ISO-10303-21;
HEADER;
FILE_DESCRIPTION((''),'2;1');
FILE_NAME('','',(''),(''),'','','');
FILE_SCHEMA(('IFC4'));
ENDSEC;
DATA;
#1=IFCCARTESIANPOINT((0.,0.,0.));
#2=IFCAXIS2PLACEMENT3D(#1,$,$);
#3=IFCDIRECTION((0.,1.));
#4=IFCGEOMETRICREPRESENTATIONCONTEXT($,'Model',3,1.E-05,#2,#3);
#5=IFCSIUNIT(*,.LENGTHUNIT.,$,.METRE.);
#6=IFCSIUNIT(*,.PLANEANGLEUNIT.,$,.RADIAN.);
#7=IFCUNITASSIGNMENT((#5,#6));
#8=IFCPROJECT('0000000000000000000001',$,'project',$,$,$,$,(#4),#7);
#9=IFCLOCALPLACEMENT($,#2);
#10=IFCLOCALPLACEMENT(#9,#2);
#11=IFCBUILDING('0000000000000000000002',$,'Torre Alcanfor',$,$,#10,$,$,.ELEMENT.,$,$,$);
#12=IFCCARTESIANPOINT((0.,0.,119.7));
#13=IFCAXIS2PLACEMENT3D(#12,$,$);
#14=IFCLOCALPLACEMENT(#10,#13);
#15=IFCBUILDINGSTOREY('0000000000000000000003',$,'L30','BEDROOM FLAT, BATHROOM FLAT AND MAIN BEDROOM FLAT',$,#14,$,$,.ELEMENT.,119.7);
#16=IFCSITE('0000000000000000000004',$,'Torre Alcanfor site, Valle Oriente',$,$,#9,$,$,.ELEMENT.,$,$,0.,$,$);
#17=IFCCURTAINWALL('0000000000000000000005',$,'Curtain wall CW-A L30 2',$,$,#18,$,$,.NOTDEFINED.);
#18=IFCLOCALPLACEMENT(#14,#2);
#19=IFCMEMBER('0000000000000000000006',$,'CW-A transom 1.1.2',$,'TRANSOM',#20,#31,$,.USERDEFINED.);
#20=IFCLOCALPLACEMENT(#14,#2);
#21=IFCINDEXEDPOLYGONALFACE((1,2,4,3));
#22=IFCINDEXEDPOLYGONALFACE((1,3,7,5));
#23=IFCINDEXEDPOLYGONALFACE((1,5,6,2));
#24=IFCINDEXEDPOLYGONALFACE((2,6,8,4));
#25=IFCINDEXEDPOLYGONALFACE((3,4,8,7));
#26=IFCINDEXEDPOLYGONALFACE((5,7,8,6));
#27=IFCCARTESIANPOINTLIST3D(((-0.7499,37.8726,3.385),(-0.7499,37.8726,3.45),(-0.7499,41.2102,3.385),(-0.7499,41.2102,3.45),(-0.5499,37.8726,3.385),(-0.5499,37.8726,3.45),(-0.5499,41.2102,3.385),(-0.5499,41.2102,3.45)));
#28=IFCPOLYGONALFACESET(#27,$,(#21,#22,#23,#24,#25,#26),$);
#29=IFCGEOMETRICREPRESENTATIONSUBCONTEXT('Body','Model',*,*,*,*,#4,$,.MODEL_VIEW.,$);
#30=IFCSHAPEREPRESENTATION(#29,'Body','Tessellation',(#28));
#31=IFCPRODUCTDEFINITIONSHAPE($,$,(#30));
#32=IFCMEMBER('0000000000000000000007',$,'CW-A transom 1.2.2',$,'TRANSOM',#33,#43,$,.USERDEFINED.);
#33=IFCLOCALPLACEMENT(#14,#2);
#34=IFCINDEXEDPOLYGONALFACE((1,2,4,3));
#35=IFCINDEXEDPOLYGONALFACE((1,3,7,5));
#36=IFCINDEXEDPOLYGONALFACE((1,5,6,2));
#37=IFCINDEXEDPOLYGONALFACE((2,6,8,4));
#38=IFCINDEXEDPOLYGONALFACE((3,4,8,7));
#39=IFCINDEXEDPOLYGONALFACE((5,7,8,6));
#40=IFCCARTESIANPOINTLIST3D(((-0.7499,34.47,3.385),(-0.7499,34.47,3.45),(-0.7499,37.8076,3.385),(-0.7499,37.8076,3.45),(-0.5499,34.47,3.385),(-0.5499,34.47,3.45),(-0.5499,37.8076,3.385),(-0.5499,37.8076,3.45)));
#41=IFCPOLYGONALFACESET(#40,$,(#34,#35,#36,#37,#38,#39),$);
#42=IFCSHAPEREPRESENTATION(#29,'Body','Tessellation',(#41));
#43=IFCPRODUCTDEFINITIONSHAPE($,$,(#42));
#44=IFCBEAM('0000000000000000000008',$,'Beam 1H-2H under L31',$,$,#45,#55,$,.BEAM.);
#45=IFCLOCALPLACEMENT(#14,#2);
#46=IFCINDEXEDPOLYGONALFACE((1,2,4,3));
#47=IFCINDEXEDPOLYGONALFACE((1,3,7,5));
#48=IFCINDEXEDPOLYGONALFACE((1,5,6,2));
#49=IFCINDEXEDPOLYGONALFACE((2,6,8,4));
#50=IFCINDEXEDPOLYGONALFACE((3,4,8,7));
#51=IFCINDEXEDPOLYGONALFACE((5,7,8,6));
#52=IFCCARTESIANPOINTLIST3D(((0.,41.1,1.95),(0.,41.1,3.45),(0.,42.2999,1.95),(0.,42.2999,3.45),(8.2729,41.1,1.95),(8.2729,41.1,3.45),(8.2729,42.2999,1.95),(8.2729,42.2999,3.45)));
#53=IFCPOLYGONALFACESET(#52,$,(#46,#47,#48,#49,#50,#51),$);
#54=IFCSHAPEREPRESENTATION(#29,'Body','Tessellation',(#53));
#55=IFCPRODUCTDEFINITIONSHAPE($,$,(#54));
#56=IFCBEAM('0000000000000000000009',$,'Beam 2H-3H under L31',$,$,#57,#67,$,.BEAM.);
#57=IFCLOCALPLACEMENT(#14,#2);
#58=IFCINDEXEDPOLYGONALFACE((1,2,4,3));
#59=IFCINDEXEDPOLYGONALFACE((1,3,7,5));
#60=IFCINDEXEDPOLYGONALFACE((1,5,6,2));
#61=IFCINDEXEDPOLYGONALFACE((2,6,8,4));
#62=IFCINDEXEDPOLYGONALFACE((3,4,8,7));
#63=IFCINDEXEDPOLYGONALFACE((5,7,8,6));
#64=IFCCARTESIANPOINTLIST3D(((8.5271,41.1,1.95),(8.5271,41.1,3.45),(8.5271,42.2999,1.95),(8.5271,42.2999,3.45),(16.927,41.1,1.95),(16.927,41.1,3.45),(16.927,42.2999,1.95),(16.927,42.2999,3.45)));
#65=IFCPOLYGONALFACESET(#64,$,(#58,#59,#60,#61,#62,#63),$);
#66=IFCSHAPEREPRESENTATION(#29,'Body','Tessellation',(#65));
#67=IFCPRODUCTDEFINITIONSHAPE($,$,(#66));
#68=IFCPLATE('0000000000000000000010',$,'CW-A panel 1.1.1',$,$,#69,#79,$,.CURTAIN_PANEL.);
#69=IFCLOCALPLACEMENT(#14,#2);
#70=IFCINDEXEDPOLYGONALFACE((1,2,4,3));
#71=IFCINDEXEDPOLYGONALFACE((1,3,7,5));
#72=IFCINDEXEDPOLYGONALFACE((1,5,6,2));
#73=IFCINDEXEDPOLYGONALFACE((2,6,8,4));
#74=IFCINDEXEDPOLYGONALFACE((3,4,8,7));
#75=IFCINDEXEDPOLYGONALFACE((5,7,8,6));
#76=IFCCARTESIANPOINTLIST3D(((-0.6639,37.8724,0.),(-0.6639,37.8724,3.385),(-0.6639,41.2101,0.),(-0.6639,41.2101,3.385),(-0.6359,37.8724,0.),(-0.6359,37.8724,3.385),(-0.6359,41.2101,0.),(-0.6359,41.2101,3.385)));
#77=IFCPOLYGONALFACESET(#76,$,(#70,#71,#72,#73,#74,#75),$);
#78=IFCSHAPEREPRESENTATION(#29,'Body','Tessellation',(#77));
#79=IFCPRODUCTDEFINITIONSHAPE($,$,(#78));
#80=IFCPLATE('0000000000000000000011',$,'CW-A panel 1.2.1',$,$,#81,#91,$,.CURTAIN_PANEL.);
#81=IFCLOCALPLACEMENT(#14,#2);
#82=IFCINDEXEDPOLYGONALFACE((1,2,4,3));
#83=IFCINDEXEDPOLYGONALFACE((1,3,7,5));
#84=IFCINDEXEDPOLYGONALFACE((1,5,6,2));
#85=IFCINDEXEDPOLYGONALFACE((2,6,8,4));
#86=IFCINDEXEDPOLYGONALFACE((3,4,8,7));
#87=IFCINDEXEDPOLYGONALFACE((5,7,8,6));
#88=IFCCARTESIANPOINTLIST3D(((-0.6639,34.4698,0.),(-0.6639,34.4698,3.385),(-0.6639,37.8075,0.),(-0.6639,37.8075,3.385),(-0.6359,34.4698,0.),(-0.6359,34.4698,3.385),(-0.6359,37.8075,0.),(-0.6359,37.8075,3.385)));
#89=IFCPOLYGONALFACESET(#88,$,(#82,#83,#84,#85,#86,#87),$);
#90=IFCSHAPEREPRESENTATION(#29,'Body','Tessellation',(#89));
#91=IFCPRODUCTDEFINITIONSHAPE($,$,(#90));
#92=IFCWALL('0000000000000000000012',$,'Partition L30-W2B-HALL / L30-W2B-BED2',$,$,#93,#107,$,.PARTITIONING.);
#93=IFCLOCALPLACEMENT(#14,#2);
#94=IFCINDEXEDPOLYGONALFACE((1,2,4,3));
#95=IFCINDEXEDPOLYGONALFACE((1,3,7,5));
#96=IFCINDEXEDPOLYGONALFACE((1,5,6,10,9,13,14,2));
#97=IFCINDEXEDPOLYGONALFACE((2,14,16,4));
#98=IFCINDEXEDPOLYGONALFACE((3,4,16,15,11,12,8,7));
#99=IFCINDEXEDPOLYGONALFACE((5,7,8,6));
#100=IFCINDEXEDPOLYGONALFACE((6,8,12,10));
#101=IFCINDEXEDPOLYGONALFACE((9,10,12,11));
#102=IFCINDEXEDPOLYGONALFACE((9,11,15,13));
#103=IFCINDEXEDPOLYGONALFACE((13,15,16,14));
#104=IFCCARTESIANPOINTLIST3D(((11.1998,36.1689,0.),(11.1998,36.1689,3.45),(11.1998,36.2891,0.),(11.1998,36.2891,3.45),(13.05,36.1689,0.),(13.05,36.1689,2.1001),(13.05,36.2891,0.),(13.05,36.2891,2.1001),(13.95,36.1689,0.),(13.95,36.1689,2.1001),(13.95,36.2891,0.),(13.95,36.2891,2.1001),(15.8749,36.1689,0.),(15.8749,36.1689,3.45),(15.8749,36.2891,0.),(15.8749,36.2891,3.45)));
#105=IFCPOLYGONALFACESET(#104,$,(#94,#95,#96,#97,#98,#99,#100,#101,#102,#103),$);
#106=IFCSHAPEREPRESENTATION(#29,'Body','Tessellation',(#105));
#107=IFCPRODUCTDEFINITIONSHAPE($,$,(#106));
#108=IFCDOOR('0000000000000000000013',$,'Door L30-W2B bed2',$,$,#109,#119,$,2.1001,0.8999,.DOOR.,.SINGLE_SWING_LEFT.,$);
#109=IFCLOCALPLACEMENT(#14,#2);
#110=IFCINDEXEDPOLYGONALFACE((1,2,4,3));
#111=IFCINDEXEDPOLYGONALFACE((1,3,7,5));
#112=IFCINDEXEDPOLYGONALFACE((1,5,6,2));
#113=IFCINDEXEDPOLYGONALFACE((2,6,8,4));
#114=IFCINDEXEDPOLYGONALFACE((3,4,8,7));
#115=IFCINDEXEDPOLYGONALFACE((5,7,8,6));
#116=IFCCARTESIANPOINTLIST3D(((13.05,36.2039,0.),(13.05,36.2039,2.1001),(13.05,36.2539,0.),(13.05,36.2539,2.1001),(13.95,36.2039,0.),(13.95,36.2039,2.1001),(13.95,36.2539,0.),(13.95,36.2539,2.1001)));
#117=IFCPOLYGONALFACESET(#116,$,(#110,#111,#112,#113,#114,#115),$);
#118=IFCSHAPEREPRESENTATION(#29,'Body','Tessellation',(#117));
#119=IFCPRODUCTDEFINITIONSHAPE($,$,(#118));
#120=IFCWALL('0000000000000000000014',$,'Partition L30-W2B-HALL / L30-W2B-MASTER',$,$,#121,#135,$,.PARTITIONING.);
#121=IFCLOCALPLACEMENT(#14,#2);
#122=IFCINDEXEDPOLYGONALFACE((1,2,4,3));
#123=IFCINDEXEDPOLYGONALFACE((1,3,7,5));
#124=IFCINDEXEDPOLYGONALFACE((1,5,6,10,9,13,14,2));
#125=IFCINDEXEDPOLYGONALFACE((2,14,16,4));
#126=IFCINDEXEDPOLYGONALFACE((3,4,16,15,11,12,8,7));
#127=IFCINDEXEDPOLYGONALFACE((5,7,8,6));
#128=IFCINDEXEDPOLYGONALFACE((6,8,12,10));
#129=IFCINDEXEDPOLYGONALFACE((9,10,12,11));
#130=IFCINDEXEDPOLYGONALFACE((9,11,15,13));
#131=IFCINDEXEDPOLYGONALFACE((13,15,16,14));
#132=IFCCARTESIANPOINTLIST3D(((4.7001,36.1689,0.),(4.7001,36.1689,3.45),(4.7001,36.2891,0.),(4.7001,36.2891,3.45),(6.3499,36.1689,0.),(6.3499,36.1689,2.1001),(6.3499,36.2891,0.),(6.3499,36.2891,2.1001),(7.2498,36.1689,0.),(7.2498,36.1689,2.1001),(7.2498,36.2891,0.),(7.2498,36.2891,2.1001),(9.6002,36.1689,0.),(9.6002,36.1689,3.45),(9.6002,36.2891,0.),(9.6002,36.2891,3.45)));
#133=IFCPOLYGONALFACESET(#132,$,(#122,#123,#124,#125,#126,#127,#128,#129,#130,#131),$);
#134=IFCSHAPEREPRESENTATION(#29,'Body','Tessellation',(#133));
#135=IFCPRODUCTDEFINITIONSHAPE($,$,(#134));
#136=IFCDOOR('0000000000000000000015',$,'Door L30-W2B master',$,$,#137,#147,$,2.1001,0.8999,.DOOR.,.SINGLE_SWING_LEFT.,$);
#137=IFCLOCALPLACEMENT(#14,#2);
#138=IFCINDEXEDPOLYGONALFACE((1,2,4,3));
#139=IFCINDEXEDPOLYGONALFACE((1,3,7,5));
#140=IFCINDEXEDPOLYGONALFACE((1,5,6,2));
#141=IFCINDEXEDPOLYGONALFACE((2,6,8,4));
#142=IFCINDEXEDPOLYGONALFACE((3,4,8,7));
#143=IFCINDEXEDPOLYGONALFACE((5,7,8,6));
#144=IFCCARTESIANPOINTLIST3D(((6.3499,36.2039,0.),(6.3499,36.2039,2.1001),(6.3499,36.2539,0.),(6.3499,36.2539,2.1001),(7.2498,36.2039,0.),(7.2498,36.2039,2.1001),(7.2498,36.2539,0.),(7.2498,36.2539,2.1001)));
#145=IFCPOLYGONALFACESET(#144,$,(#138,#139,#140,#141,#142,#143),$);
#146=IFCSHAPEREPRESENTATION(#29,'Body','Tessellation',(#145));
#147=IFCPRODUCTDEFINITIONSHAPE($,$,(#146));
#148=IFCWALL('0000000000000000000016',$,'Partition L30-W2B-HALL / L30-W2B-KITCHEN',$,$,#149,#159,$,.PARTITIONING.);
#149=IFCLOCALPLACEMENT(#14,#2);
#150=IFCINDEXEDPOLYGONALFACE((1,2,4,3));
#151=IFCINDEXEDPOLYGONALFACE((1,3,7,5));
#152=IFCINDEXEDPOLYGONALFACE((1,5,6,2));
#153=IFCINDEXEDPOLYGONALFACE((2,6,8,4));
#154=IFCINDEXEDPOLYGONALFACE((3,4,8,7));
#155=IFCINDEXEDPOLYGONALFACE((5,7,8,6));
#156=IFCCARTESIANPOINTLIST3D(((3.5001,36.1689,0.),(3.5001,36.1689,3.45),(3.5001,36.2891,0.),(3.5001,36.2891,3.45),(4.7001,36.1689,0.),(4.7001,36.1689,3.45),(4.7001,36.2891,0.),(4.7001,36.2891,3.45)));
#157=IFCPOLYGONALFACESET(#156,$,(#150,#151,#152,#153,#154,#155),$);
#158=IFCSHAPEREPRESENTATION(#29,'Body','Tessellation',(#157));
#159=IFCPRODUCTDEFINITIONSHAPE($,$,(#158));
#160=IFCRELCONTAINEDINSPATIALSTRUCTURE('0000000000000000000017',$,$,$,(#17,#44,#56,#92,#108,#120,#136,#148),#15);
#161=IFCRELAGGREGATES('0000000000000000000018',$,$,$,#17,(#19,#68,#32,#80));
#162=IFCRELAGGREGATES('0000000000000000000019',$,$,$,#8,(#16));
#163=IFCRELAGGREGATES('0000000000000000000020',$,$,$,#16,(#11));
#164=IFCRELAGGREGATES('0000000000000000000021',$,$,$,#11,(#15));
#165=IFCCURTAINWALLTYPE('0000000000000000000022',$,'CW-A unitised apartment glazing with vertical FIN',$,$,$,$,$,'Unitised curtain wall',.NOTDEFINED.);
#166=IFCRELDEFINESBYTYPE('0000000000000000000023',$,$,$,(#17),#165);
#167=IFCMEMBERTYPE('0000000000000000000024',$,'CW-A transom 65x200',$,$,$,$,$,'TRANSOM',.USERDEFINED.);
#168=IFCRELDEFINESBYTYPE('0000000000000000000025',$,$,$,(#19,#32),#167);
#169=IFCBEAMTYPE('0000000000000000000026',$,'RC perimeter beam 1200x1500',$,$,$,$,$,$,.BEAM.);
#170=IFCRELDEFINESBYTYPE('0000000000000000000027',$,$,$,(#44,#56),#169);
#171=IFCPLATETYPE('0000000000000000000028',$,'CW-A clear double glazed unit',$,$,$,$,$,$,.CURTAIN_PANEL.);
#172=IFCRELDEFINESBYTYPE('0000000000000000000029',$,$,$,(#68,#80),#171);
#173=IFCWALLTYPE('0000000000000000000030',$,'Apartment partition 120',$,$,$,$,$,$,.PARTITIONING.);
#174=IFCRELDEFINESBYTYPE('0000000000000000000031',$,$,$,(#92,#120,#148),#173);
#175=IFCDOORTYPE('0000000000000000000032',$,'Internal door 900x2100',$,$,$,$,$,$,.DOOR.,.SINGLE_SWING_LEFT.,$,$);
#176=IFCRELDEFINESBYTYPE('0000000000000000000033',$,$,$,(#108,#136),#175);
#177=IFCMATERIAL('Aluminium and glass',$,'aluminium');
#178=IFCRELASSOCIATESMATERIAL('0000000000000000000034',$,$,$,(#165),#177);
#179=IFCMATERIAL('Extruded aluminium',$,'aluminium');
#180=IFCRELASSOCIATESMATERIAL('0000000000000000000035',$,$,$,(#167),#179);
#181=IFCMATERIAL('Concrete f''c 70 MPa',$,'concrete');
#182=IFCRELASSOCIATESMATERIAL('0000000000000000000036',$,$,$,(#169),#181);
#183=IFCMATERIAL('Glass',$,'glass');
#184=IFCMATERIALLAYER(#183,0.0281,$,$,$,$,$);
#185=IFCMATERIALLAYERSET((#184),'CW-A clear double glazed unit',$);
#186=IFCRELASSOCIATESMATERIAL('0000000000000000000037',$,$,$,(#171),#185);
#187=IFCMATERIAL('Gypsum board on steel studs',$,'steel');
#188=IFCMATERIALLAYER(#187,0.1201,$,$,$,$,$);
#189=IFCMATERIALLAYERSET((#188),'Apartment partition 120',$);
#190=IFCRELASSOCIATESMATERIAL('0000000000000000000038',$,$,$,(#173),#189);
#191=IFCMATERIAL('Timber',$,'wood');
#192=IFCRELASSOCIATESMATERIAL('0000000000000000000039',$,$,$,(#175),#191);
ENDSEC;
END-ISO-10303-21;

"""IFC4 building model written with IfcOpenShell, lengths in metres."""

from ifc_helpers import new_model, si_unit, direction, frame, frame_2d, origin, origin_2d, place, context, subcontext, project, spatial, rectangle, extrude, material, layer, layer_set, material_profile, profile_set, type_object, element, fill, aggregate, save


model = new_model("IFC4")

# Units and contexts
model_context = context("Model", 3, precision=1e-05, world=origin(), true_north=direction((0.0, 1.0)))
body_context = subcontext(model_context, "Body", "Model", "MODEL_VIEW")
ifc_project = project(units=[si_unit("LENGTHUNIT", "METRE"), si_unit("PLANEANGLEUNIT", "RADIAN")], contexts=[model_context])

# Site, building, storey
site_placement = place(None, origin())
site = spatial("IfcSite", under=ifc_project, at=site_placement, Name="Torre Alcanfor site, Valle Oriente", CompositionType="ELEMENT", RefElevation=0.0)
building_placement = place(site_placement, origin())
building = spatial("IfcBuilding", under=site, at=building_placement, Name="Torre Alcanfor", CompositionType="ELEMENT")
storey_placement = place(building_placement, frame((0.0, 0.0, 119.7)))
storey = spatial("IfcBuildingStorey", under=building, at=storey_placement, Name="L30", Description="BEDROOM FLAT, BATHROOM FLAT AND MAIN BEDROOM FLAT", CompositionType="ELEMENT", Elevation=119.7)

# Curtain wall, members
ifc_material_1 = material(Name="Aluminium and glass", Category="aluminium")
curtain_wall_type = type_object("IfcCurtainWallType", Name="CW-A unitised apartment glazing with vertical FIN", ElementType="Unitised curtain wall", PredefinedType="NOTDEFINED", material=ifc_material_1)
curtain_wall_placement = place(storey_placement, origin())
curtain_wall = element("IfcCurtainWall", 1, at=curtain_wall_placement, inside=storey, type_object=curtain_wall_type, Name="Curtain wall CW-A L30 2", PredefinedType="NOTDEFINED")
ifc_material_2 = material(Name="Extruded aluminium", Category="aluminium")
ifc_material_profile_1 = material_profile(ifc_material_2, rectangle(XDim=0.2, YDim=0.0649, at=origin_2d()), Name="CW-A transom 200x65")
ifc_profile_set_1 = profile_set([ifc_material_profile_1], Name="Extruded aluminium")
member_type_1 = type_object("IfcMemberType", Name="CW-A transom 65x200", ElementType="TRANSOM", PredefinedType="USERDEFINED", material=ifc_profile_set_1)
member_1_placement = place(storey_placement, frame((-0.6499, 41.2102, 3.4175), z_axis=(0.0, -1.0, 0.0), x_axis=(1.0, 0.0, 0.0)))
member_1 = element("IfcMember", 2, at=member_1_placement, type_object=member_type_1, Name="CW-A transom 1.1.2", ObjectType="TRANSOM", PredefinedType="USERDEFINED", context=body_context, shape_type="SweptSolid", body=[
    extrude(rectangle(XDim=0.2, YDim=0.0649, at=origin_2d()), origin(), (0.0, 0.0, 1.0), 3.3376),
])
member_2_placement = place(storey_placement, frame((-0.6499, 37.8076, 3.4175), z_axis=(0.0, -1.0, 0.0), x_axis=(1.0, 0.0, 0.0)))
member_2 = element("IfcMember", 3, at=member_2_placement, type_object=member_type_1, Name="CW-A transom 1.2.2", ObjectType="TRANSOM", PredefinedType="USERDEFINED", context=body_context, shape_type="SweptSolid", body=[
    extrude(rectangle(XDim=0.2, YDim=0.0649, at=origin_2d()), origin(), (0.0, 0.0, 1.0), 3.3376),
])

# Beams
ifc_material_3 = material(Name="Concrete f'c 70 MPa", Category="concrete")
ifc_material_profile_2 = material_profile(ifc_material_3, rectangle(XDim=1.2, YDim=1.5, at=origin_2d()), Name="1200x1500")
ifc_profile_set_2 = profile_set([ifc_material_profile_2], Name="Concrete f'c 70 MPa")
beam_type_1 = type_object("IfcBeamType", Name="RC perimeter beam 1200x1500", PredefinedType="BEAM", material=ifc_profile_set_2)
beam_1_placement = place(storey_placement, frame((0.0, 41.7, 2.7), z_axis=(1.0, 0.0, 0.0), x_axis=(0.0, 1.0, 0.0)))
element("IfcBeam", 4, at=beam_1_placement, inside=storey, type_object=beam_type_1, Name="Beam 1H-2H under L31", PredefinedType="BEAM", context=body_context, shape_type="SweptSolid", body=[
    extrude(rectangle(XDim=1.2, YDim=1.5, at=origin_2d()), origin(), (0.0, 0.0, 1.0), 8.2729),
])
beam_2_placement = place(storey_placement, frame((8.5271, 41.7, 2.7), z_axis=(1.0, 0.0, 0.0), x_axis=(0.0, 1.0, 0.0)))
element("IfcBeam", 5, at=beam_2_placement, inside=storey, type_object=beam_type_1, Name="Beam 2H-3H under L31", PredefinedType="BEAM", context=body_context, shape_type="SweptSolid", body=[
    extrude(rectangle(XDim=1.2, YDim=1.5, at=origin_2d()), origin(), (0.0, 0.0, 1.0), 8.3999),
])

# Plates
ifc_material_4 = material(Name="Glass", Category="glass")
ifc_layer_1 = layer(ifc_material_4, 0.0281)
ifc_layer_set_1 = layer_set([ifc_layer_1], Name="CW-A clear double glazed unit")
plate_type = type_object("IfcPlateType", Name="CW-A clear double glazed unit", PredefinedType="CURTAIN_PANEL", material=ifc_layer_set_1)
plate_1_placement = place(storey_placement, frame((-0.6499, 39.5413, 0.0), z_axis=(0.0, 0.0, 1.0), x_axis=(0.0, -1.0, 0.0)))
plate_1 = element("IfcPlate", 6, at=plate_1_placement, type_object=plate_type, Name="CW-A panel 1.1.1", PredefinedType="CURTAIN_PANEL", context=body_context, shape_type="SweptSolid", body=[
    extrude(rectangle(XDim=3.3376, YDim=0.0281, at=origin_2d()), origin(), (0.0, 0.0, 1.0), 3.385),
])
plate_2_placement = place(storey_placement, frame((-0.6499, 36.1387, 0.0), z_axis=(0.0, 0.0, 1.0), x_axis=(0.0, -1.0, 0.0)))
plate_2 = element("IfcPlate", 7, at=plate_2_placement, type_object=plate_type, Name="CW-A panel 1.2.1", PredefinedType="CURTAIN_PANEL", context=body_context, shape_type="SweptSolid", body=[
    extrude(rectangle(XDim=3.3376, YDim=0.0281, at=origin_2d()), origin(), (0.0, 0.0, 1.0), 3.385),
])
aggregate(curtain_wall, [member_1, plate_1, member_2, plate_2])

# Walls, openings, doors
ifc_material_5 = material(Name="Gypsum board on steel studs", Category="steel")
ifc_layer_2 = layer(ifc_material_5, 0.1201)
ifc_layer_set_2 = layer_set([ifc_layer_2], Name="Apartment partition 120")
wall_type_1 = type_object("IfcWallType", Name="Apartment partition 120", PredefinedType="PARTITIONING", material=ifc_layer_set_2)
wall_1_placement = place(storey_placement, frame((11.2, 36.229, 0.0), z_axis=(0.0, 0.0, 1.0), x_axis=(1.0, 0.0, 0.0)))
wall_1 = element("IfcWall", 8, at=wall_1_placement, inside=storey, type_object=wall_type_1, Name="Partition L30-W2B-HALL / L30-W2B-BED2", PredefinedType="PARTITIONING", context=body_context, shape_type="SweptSolid", body=[
    extrude(rectangle(XDim=4.675, YDim=0.1201, at=frame_2d((2.3374, 0.0))), origin(), (0.0, 0.0, 1.0), 3.45),
])
opening_1_placement = place(wall_1_placement, frame((1.8501, 0.0, 0.0)))
opening_1 = element("IfcOpeningElement", 9, at=opening_1_placement, cuts=wall_1, PredefinedType="OPENING", context=body_context, shape_type="SweptSolid", body=[
    extrude(rectangle(XDim=0.8999, YDim=2.1001, at=frame_2d((0.45, 1.05))), frame((0.0, 0.0701, 0.0), z_axis=(0.0, -1.0, 0.0), x_axis=(1.0, 0.0, 0.0)), (0.0, 0.0, 1.0), 0.1401),
])
ifc_material_6 = material(Name="Timber", Category="wood")
door_type_1 = type_object("IfcDoorType", Name="Internal door 900x2100", OperationType="SINGLE_SWING_LEFT", PredefinedType="DOOR", material=ifc_material_6)
door_1_placement = place(opening_1_placement, origin())
door_1 = element("IfcDoor", 10, at=door_1_placement, inside=storey, type_object=door_type_1, Name="Door L30-W2B bed2", OperationType="SINGLE_SWING_LEFT", OverallHeight=2.1001, OverallWidth=0.8999, PredefinedType="DOOR", context=body_context, shape_type="SweptSolid", body=[
    extrude(rectangle(XDim=0.8999, YDim=2.1001, at=frame_2d((0.45, 1.05))), frame((0.0, 0.0249, 0.0), z_axis=(0.0, -1.0, 0.0), x_axis=(1.0, 0.0, 0.0)), (0.0, 0.0, 1.0), 0.05),
])
fill(opening_1, door_1)
wall_2_placement = place(storey_placement, frame((4.7, 36.229, 0.0), z_axis=(0.0, 0.0, 1.0), x_axis=(1.0, 0.0, 0.0)))
wall_2 = element("IfcWall", 11, at=wall_2_placement, inside=storey, type_object=wall_type_1, Name="Partition L30-W2B-HALL / L30-W2B-MASTER", PredefinedType="PARTITIONING", context=body_context, shape_type="SweptSolid", body=[
    extrude(rectangle(XDim=4.9001, YDim=0.1201, at=frame_2d((2.4502, 0.0))), origin(), (0.0, 0.0, 1.0), 3.45),
])
opening_2_placement = place(wall_2_placement, frame((1.6499, 0.0, 0.0)))
opening_2 = element("IfcOpeningElement", 12, at=opening_2_placement, cuts=wall_2, PredefinedType="OPENING", context=body_context, shape_type="SweptSolid", body=[
    extrude(rectangle(XDim=0.8999, YDim=2.1001, at=frame_2d((0.45, 1.05))), frame((0.0, 0.0701, 0.0), z_axis=(0.0, -1.0, 0.0), x_axis=(1.0, 0.0, 0.0)), (0.0, 0.0, 1.0), 0.1401),
])
door_2_placement = place(opening_2_placement, origin())
door_2 = element("IfcDoor", 13, at=door_2_placement, inside=storey, type_object=door_type_1, Name="Door L30-W2B master", OperationType="SINGLE_SWING_LEFT", OverallHeight=2.1001, OverallWidth=0.8999, PredefinedType="DOOR", context=body_context, shape_type="SweptSolid", body=[
    extrude(rectangle(XDim=0.8999, YDim=2.1001, at=frame_2d((0.45, 1.05))), frame((0.0, 0.0249, 0.0), z_axis=(0.0, -1.0, 0.0), x_axis=(1.0, 0.0, 0.0)), (0.0, 0.0, 1.0), 0.05),
])
fill(opening_2, door_2)

# Wall
wall_3_placement = place(storey_placement, frame((3.5, 36.229, 0.0), z_axis=(0.0, 0.0, 1.0), x_axis=(1.0, 0.0, 0.0)))
element("IfcWall", 14, at=wall_3_placement, inside=storey, type_object=wall_type_1, Name="Partition L30-W2B-HALL / L30-W2B-KITCHEN", PredefinedType="PARTITIONING", context=body_context, shape_type="SweptSolid", body=[
    extrude(rectangle(XDim=1.2, YDim=0.1201, at=frame_2d((0.6001, 0.0))), origin(), (0.0, 0.0, 1.0), 3.45),
])

save(model, "model.ifc")
